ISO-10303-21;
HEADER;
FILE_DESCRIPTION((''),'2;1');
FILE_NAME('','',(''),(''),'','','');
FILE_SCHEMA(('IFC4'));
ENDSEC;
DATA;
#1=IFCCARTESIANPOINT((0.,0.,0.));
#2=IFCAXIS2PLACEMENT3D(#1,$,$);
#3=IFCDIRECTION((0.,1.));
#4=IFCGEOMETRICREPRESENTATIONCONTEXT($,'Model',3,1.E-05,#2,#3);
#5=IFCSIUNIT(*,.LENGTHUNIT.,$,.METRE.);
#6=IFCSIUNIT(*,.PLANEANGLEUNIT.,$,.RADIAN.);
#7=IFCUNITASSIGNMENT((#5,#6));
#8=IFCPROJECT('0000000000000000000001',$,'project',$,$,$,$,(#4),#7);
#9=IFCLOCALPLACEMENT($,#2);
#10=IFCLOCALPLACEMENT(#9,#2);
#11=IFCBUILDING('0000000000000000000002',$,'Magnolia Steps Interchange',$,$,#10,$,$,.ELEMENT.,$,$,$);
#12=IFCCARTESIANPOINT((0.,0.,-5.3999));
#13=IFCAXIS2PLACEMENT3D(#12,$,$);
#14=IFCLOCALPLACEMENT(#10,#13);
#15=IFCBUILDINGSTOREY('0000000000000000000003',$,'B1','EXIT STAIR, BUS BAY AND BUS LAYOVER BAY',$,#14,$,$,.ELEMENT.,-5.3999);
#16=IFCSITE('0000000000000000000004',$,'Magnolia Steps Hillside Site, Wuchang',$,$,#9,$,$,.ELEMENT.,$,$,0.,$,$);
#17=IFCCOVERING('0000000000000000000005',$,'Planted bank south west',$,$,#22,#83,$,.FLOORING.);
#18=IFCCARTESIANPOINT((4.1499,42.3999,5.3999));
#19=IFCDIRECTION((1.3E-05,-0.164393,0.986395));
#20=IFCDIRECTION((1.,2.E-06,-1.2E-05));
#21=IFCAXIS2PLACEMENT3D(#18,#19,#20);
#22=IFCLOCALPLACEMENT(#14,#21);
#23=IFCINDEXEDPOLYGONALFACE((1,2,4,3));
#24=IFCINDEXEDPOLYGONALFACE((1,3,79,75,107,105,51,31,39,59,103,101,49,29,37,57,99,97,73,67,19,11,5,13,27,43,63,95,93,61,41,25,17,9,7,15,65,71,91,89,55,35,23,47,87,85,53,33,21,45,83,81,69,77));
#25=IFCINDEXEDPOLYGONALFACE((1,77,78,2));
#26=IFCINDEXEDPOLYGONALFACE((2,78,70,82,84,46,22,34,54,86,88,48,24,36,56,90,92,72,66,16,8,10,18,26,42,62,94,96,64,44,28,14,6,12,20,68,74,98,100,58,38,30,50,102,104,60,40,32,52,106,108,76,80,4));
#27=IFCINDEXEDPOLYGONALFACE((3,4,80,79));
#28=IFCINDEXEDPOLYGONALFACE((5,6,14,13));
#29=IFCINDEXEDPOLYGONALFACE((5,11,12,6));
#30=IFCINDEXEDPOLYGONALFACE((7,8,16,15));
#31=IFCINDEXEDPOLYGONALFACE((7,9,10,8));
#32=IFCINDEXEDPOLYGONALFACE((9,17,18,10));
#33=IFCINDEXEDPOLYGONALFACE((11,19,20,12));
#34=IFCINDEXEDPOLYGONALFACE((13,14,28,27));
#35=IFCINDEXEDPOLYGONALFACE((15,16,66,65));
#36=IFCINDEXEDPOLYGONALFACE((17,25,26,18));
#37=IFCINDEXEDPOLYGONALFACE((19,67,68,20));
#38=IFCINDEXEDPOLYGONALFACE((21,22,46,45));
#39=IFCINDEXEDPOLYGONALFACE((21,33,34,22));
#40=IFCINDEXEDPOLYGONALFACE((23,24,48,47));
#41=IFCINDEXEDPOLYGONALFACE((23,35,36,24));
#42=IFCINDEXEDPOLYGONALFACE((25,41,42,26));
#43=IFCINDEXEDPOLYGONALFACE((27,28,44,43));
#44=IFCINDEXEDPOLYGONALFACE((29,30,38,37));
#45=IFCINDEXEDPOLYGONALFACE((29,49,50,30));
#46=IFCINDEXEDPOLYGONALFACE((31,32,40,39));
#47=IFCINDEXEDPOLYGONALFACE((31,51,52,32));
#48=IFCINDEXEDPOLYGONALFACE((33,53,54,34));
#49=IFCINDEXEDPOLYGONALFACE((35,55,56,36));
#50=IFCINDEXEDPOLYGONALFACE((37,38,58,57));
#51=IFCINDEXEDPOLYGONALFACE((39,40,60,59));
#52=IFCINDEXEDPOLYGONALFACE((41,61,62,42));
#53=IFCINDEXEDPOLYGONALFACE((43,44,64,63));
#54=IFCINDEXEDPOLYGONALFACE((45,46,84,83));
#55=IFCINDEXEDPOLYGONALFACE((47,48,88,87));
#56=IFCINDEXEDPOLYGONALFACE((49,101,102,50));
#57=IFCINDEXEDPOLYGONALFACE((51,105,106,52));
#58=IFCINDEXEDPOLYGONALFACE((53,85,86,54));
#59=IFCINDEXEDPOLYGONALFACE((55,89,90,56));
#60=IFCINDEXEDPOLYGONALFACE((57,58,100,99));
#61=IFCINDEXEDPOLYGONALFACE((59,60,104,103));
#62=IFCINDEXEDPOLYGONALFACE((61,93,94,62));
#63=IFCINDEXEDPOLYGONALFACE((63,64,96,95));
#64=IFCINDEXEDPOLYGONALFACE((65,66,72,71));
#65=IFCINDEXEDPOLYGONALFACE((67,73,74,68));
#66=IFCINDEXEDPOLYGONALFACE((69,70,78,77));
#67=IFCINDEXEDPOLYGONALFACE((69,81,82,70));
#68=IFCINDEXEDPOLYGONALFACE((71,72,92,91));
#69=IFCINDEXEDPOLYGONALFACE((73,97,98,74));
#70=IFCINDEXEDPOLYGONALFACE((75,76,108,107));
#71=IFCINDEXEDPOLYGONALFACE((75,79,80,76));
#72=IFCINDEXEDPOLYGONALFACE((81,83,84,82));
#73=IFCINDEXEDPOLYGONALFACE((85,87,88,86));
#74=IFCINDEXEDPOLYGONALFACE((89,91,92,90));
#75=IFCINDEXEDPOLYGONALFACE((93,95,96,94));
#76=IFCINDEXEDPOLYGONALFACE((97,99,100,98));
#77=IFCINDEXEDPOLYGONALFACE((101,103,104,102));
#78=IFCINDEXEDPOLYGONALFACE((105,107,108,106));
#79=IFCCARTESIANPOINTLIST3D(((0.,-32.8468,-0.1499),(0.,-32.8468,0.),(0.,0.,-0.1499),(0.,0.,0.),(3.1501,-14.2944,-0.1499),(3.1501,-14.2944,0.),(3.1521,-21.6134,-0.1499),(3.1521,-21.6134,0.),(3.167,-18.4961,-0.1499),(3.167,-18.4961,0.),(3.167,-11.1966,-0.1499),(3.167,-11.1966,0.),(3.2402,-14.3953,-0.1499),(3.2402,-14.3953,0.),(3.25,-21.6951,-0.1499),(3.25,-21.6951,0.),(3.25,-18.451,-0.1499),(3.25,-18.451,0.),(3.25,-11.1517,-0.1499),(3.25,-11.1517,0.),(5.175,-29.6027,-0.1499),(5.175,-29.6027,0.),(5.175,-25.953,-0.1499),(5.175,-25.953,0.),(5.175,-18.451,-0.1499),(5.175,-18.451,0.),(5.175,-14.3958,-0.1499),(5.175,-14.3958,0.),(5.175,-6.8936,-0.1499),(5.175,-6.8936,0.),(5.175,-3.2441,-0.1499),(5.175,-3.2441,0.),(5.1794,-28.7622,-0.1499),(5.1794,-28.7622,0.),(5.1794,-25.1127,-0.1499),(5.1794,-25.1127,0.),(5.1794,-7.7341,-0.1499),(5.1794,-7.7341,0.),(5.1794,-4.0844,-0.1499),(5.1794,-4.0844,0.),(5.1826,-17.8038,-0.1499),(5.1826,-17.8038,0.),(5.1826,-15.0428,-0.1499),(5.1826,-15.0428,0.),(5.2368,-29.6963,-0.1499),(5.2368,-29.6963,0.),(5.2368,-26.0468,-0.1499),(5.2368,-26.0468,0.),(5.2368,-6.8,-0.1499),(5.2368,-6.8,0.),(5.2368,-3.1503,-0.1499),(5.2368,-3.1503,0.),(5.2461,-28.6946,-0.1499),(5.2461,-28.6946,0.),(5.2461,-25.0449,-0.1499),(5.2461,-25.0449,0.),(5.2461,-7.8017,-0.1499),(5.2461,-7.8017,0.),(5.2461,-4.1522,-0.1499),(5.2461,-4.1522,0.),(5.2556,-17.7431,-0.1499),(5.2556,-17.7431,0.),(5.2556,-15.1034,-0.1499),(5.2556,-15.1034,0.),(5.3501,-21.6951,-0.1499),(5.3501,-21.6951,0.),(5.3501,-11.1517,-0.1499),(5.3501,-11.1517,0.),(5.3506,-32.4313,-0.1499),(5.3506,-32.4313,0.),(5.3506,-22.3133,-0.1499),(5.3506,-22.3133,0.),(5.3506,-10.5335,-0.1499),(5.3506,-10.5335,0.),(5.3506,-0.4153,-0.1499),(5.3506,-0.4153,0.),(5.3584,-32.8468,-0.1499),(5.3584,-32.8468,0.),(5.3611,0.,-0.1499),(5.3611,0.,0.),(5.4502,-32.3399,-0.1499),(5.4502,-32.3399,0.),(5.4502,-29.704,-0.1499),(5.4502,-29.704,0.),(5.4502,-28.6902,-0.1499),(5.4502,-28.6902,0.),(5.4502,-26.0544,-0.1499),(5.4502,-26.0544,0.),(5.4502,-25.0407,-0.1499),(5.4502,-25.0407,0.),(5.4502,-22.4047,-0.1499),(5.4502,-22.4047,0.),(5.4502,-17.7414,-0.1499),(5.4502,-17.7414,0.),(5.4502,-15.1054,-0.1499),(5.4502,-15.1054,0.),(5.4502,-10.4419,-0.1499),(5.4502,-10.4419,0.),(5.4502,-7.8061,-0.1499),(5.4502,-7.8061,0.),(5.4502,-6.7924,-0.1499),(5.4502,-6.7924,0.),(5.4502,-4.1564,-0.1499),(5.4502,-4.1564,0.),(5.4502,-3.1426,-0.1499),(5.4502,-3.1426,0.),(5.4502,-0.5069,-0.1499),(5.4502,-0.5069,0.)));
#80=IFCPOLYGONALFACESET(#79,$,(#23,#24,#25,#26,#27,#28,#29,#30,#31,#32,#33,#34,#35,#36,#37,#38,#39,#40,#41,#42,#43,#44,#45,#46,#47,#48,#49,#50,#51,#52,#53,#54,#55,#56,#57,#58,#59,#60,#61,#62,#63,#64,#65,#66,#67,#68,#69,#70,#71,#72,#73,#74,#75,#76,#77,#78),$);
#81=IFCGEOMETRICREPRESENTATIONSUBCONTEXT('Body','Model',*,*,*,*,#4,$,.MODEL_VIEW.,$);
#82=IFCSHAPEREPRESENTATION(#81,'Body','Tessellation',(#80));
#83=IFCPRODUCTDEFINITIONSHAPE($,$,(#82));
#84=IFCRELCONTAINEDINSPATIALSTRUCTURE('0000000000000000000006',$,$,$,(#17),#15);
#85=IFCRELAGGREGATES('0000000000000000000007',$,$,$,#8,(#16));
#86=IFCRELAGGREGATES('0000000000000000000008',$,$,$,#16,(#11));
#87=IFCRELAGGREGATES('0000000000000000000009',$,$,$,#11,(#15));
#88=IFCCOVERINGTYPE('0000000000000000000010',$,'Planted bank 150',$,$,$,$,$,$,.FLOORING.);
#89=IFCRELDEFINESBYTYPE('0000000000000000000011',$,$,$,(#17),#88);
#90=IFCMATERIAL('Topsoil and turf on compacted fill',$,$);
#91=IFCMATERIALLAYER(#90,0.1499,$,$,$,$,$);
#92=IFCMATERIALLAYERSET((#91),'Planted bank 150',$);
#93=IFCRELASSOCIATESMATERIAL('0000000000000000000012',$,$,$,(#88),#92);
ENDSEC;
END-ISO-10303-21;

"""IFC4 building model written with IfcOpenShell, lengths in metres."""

from ifc_helpers import new_model, si_unit, direction, frame, origin, place, context, subcontext, project, spatial, polyline, outline, extrude, material, layer, layer_set, type_object, element, save


model = new_model("IFC4")

# Units and contexts
model_context = context("Model", 3, precision=1e-05, world=origin(), true_north=direction((0.0, 1.0)))
body_context = subcontext(model_context, "Body", "Model", "MODEL_VIEW")
ifc_project = project(units=[si_unit("LENGTHUNIT", "METRE"), si_unit("PLANEANGLEUNIT", "RADIAN")], contexts=[model_context])

# Site, building, storey
site_placement = place(None, origin())
site = spatial("IfcSite", under=ifc_project, at=site_placement, Name="Magnolia Steps Hillside Site, Wuchang", CompositionType="ELEMENT", RefElevation=0.0)
building_placement = place(site_placement, origin())
building = spatial("IfcBuilding", under=site, at=building_placement, Name="Magnolia Steps Interchange", CompositionType="ELEMENT")
storey_placement = place(building_placement, frame((0.0, 0.0, -5.3999)))
storey = spatial("IfcBuildingStorey", under=building, at=storey_placement, Name="B1", Description="EXIT STAIR, BUS BAY AND BUS LAYOVER BAY", CompositionType="ELEMENT", Elevation=-5.3999)

# Covering
ifc_material_1 = material(Name="Topsoil and turf on compacted fill")
ifc_layer_1 = layer(ifc_material_1, 0.1499)
ifc_layer_set_1 = layer_set([ifc_layer_1], Name="Planted bank 150")
covering_type = type_object("IfcCoveringType", Name="Planted bank 150", PredefinedType="FLOORING", material=ifc_layer_set_1)
covering_placement = place(storey_placement, frame((4.1499, 42.3999, 5.3999), z_axis=(0.000013, -0.164393, 0.986395), x_axis=(1.0, 0.000002, -0.000012)))
element("IfcCovering", 1, at=covering_placement, inside=storey, type_object=covering_type, Name="Planted bank south west", PredefinedType="FLOORING", context=body_context, shape_type="SweptSolid", body=[
    extrude(outline(polyline([(0.0, 0.0), (5.3611, 0.0), (5.3506, -0.4153), (5.4502, -0.5069), (5.4502, -3.1426), (5.2368, -3.1503), (5.175, -3.2441), (5.1794, -4.0844), (5.2461, -4.1522), (5.4502, -4.1564), (5.4502, -6.7924), (5.2368, -6.8), (5.175, -6.8936), (5.1794, -7.7341), (5.2461, -7.8017), (5.4502, -7.8061), (5.4502, -10.4419), (5.3506, -10.5335), (5.3501, -11.1517), (3.25, -11.1517), (3.167, -11.1966), (3.1501, -14.2944), (3.2402, -14.3953), (5.175, -14.3958), (5.1826, -15.0428), (5.2556, -15.1034), (5.4502, -15.1054), (5.4502, -17.7414), (5.2556, -17.7431), (5.1826, -17.8038), (5.175, -18.451), (3.25, -18.451), (3.167, -18.4961), (3.1521, -21.6134), (3.25, -21.6951), (5.3501, -21.6951), (5.3506, -22.3133), (5.4502, -22.4047), (5.4502, -25.0407), (5.2461, -25.0449), (5.1794, -25.1127), (5.175, -25.953), (5.2368, -26.0468), (5.4502, -26.0544), (5.4502, -28.6902), (5.2461, -28.6946), (5.1794, -28.7622), (5.175, -29.6027), (5.2368, -29.6963), (5.4502, -29.704), (5.4502, -32.3399), (5.3506, -32.4313), (5.3584, -32.8468), (0.0, -32.8468), (0.0, 0.0)])), origin(), (0.0, 0.0, -1.0), 0.1499),
])

save(model, "model.ifc")
